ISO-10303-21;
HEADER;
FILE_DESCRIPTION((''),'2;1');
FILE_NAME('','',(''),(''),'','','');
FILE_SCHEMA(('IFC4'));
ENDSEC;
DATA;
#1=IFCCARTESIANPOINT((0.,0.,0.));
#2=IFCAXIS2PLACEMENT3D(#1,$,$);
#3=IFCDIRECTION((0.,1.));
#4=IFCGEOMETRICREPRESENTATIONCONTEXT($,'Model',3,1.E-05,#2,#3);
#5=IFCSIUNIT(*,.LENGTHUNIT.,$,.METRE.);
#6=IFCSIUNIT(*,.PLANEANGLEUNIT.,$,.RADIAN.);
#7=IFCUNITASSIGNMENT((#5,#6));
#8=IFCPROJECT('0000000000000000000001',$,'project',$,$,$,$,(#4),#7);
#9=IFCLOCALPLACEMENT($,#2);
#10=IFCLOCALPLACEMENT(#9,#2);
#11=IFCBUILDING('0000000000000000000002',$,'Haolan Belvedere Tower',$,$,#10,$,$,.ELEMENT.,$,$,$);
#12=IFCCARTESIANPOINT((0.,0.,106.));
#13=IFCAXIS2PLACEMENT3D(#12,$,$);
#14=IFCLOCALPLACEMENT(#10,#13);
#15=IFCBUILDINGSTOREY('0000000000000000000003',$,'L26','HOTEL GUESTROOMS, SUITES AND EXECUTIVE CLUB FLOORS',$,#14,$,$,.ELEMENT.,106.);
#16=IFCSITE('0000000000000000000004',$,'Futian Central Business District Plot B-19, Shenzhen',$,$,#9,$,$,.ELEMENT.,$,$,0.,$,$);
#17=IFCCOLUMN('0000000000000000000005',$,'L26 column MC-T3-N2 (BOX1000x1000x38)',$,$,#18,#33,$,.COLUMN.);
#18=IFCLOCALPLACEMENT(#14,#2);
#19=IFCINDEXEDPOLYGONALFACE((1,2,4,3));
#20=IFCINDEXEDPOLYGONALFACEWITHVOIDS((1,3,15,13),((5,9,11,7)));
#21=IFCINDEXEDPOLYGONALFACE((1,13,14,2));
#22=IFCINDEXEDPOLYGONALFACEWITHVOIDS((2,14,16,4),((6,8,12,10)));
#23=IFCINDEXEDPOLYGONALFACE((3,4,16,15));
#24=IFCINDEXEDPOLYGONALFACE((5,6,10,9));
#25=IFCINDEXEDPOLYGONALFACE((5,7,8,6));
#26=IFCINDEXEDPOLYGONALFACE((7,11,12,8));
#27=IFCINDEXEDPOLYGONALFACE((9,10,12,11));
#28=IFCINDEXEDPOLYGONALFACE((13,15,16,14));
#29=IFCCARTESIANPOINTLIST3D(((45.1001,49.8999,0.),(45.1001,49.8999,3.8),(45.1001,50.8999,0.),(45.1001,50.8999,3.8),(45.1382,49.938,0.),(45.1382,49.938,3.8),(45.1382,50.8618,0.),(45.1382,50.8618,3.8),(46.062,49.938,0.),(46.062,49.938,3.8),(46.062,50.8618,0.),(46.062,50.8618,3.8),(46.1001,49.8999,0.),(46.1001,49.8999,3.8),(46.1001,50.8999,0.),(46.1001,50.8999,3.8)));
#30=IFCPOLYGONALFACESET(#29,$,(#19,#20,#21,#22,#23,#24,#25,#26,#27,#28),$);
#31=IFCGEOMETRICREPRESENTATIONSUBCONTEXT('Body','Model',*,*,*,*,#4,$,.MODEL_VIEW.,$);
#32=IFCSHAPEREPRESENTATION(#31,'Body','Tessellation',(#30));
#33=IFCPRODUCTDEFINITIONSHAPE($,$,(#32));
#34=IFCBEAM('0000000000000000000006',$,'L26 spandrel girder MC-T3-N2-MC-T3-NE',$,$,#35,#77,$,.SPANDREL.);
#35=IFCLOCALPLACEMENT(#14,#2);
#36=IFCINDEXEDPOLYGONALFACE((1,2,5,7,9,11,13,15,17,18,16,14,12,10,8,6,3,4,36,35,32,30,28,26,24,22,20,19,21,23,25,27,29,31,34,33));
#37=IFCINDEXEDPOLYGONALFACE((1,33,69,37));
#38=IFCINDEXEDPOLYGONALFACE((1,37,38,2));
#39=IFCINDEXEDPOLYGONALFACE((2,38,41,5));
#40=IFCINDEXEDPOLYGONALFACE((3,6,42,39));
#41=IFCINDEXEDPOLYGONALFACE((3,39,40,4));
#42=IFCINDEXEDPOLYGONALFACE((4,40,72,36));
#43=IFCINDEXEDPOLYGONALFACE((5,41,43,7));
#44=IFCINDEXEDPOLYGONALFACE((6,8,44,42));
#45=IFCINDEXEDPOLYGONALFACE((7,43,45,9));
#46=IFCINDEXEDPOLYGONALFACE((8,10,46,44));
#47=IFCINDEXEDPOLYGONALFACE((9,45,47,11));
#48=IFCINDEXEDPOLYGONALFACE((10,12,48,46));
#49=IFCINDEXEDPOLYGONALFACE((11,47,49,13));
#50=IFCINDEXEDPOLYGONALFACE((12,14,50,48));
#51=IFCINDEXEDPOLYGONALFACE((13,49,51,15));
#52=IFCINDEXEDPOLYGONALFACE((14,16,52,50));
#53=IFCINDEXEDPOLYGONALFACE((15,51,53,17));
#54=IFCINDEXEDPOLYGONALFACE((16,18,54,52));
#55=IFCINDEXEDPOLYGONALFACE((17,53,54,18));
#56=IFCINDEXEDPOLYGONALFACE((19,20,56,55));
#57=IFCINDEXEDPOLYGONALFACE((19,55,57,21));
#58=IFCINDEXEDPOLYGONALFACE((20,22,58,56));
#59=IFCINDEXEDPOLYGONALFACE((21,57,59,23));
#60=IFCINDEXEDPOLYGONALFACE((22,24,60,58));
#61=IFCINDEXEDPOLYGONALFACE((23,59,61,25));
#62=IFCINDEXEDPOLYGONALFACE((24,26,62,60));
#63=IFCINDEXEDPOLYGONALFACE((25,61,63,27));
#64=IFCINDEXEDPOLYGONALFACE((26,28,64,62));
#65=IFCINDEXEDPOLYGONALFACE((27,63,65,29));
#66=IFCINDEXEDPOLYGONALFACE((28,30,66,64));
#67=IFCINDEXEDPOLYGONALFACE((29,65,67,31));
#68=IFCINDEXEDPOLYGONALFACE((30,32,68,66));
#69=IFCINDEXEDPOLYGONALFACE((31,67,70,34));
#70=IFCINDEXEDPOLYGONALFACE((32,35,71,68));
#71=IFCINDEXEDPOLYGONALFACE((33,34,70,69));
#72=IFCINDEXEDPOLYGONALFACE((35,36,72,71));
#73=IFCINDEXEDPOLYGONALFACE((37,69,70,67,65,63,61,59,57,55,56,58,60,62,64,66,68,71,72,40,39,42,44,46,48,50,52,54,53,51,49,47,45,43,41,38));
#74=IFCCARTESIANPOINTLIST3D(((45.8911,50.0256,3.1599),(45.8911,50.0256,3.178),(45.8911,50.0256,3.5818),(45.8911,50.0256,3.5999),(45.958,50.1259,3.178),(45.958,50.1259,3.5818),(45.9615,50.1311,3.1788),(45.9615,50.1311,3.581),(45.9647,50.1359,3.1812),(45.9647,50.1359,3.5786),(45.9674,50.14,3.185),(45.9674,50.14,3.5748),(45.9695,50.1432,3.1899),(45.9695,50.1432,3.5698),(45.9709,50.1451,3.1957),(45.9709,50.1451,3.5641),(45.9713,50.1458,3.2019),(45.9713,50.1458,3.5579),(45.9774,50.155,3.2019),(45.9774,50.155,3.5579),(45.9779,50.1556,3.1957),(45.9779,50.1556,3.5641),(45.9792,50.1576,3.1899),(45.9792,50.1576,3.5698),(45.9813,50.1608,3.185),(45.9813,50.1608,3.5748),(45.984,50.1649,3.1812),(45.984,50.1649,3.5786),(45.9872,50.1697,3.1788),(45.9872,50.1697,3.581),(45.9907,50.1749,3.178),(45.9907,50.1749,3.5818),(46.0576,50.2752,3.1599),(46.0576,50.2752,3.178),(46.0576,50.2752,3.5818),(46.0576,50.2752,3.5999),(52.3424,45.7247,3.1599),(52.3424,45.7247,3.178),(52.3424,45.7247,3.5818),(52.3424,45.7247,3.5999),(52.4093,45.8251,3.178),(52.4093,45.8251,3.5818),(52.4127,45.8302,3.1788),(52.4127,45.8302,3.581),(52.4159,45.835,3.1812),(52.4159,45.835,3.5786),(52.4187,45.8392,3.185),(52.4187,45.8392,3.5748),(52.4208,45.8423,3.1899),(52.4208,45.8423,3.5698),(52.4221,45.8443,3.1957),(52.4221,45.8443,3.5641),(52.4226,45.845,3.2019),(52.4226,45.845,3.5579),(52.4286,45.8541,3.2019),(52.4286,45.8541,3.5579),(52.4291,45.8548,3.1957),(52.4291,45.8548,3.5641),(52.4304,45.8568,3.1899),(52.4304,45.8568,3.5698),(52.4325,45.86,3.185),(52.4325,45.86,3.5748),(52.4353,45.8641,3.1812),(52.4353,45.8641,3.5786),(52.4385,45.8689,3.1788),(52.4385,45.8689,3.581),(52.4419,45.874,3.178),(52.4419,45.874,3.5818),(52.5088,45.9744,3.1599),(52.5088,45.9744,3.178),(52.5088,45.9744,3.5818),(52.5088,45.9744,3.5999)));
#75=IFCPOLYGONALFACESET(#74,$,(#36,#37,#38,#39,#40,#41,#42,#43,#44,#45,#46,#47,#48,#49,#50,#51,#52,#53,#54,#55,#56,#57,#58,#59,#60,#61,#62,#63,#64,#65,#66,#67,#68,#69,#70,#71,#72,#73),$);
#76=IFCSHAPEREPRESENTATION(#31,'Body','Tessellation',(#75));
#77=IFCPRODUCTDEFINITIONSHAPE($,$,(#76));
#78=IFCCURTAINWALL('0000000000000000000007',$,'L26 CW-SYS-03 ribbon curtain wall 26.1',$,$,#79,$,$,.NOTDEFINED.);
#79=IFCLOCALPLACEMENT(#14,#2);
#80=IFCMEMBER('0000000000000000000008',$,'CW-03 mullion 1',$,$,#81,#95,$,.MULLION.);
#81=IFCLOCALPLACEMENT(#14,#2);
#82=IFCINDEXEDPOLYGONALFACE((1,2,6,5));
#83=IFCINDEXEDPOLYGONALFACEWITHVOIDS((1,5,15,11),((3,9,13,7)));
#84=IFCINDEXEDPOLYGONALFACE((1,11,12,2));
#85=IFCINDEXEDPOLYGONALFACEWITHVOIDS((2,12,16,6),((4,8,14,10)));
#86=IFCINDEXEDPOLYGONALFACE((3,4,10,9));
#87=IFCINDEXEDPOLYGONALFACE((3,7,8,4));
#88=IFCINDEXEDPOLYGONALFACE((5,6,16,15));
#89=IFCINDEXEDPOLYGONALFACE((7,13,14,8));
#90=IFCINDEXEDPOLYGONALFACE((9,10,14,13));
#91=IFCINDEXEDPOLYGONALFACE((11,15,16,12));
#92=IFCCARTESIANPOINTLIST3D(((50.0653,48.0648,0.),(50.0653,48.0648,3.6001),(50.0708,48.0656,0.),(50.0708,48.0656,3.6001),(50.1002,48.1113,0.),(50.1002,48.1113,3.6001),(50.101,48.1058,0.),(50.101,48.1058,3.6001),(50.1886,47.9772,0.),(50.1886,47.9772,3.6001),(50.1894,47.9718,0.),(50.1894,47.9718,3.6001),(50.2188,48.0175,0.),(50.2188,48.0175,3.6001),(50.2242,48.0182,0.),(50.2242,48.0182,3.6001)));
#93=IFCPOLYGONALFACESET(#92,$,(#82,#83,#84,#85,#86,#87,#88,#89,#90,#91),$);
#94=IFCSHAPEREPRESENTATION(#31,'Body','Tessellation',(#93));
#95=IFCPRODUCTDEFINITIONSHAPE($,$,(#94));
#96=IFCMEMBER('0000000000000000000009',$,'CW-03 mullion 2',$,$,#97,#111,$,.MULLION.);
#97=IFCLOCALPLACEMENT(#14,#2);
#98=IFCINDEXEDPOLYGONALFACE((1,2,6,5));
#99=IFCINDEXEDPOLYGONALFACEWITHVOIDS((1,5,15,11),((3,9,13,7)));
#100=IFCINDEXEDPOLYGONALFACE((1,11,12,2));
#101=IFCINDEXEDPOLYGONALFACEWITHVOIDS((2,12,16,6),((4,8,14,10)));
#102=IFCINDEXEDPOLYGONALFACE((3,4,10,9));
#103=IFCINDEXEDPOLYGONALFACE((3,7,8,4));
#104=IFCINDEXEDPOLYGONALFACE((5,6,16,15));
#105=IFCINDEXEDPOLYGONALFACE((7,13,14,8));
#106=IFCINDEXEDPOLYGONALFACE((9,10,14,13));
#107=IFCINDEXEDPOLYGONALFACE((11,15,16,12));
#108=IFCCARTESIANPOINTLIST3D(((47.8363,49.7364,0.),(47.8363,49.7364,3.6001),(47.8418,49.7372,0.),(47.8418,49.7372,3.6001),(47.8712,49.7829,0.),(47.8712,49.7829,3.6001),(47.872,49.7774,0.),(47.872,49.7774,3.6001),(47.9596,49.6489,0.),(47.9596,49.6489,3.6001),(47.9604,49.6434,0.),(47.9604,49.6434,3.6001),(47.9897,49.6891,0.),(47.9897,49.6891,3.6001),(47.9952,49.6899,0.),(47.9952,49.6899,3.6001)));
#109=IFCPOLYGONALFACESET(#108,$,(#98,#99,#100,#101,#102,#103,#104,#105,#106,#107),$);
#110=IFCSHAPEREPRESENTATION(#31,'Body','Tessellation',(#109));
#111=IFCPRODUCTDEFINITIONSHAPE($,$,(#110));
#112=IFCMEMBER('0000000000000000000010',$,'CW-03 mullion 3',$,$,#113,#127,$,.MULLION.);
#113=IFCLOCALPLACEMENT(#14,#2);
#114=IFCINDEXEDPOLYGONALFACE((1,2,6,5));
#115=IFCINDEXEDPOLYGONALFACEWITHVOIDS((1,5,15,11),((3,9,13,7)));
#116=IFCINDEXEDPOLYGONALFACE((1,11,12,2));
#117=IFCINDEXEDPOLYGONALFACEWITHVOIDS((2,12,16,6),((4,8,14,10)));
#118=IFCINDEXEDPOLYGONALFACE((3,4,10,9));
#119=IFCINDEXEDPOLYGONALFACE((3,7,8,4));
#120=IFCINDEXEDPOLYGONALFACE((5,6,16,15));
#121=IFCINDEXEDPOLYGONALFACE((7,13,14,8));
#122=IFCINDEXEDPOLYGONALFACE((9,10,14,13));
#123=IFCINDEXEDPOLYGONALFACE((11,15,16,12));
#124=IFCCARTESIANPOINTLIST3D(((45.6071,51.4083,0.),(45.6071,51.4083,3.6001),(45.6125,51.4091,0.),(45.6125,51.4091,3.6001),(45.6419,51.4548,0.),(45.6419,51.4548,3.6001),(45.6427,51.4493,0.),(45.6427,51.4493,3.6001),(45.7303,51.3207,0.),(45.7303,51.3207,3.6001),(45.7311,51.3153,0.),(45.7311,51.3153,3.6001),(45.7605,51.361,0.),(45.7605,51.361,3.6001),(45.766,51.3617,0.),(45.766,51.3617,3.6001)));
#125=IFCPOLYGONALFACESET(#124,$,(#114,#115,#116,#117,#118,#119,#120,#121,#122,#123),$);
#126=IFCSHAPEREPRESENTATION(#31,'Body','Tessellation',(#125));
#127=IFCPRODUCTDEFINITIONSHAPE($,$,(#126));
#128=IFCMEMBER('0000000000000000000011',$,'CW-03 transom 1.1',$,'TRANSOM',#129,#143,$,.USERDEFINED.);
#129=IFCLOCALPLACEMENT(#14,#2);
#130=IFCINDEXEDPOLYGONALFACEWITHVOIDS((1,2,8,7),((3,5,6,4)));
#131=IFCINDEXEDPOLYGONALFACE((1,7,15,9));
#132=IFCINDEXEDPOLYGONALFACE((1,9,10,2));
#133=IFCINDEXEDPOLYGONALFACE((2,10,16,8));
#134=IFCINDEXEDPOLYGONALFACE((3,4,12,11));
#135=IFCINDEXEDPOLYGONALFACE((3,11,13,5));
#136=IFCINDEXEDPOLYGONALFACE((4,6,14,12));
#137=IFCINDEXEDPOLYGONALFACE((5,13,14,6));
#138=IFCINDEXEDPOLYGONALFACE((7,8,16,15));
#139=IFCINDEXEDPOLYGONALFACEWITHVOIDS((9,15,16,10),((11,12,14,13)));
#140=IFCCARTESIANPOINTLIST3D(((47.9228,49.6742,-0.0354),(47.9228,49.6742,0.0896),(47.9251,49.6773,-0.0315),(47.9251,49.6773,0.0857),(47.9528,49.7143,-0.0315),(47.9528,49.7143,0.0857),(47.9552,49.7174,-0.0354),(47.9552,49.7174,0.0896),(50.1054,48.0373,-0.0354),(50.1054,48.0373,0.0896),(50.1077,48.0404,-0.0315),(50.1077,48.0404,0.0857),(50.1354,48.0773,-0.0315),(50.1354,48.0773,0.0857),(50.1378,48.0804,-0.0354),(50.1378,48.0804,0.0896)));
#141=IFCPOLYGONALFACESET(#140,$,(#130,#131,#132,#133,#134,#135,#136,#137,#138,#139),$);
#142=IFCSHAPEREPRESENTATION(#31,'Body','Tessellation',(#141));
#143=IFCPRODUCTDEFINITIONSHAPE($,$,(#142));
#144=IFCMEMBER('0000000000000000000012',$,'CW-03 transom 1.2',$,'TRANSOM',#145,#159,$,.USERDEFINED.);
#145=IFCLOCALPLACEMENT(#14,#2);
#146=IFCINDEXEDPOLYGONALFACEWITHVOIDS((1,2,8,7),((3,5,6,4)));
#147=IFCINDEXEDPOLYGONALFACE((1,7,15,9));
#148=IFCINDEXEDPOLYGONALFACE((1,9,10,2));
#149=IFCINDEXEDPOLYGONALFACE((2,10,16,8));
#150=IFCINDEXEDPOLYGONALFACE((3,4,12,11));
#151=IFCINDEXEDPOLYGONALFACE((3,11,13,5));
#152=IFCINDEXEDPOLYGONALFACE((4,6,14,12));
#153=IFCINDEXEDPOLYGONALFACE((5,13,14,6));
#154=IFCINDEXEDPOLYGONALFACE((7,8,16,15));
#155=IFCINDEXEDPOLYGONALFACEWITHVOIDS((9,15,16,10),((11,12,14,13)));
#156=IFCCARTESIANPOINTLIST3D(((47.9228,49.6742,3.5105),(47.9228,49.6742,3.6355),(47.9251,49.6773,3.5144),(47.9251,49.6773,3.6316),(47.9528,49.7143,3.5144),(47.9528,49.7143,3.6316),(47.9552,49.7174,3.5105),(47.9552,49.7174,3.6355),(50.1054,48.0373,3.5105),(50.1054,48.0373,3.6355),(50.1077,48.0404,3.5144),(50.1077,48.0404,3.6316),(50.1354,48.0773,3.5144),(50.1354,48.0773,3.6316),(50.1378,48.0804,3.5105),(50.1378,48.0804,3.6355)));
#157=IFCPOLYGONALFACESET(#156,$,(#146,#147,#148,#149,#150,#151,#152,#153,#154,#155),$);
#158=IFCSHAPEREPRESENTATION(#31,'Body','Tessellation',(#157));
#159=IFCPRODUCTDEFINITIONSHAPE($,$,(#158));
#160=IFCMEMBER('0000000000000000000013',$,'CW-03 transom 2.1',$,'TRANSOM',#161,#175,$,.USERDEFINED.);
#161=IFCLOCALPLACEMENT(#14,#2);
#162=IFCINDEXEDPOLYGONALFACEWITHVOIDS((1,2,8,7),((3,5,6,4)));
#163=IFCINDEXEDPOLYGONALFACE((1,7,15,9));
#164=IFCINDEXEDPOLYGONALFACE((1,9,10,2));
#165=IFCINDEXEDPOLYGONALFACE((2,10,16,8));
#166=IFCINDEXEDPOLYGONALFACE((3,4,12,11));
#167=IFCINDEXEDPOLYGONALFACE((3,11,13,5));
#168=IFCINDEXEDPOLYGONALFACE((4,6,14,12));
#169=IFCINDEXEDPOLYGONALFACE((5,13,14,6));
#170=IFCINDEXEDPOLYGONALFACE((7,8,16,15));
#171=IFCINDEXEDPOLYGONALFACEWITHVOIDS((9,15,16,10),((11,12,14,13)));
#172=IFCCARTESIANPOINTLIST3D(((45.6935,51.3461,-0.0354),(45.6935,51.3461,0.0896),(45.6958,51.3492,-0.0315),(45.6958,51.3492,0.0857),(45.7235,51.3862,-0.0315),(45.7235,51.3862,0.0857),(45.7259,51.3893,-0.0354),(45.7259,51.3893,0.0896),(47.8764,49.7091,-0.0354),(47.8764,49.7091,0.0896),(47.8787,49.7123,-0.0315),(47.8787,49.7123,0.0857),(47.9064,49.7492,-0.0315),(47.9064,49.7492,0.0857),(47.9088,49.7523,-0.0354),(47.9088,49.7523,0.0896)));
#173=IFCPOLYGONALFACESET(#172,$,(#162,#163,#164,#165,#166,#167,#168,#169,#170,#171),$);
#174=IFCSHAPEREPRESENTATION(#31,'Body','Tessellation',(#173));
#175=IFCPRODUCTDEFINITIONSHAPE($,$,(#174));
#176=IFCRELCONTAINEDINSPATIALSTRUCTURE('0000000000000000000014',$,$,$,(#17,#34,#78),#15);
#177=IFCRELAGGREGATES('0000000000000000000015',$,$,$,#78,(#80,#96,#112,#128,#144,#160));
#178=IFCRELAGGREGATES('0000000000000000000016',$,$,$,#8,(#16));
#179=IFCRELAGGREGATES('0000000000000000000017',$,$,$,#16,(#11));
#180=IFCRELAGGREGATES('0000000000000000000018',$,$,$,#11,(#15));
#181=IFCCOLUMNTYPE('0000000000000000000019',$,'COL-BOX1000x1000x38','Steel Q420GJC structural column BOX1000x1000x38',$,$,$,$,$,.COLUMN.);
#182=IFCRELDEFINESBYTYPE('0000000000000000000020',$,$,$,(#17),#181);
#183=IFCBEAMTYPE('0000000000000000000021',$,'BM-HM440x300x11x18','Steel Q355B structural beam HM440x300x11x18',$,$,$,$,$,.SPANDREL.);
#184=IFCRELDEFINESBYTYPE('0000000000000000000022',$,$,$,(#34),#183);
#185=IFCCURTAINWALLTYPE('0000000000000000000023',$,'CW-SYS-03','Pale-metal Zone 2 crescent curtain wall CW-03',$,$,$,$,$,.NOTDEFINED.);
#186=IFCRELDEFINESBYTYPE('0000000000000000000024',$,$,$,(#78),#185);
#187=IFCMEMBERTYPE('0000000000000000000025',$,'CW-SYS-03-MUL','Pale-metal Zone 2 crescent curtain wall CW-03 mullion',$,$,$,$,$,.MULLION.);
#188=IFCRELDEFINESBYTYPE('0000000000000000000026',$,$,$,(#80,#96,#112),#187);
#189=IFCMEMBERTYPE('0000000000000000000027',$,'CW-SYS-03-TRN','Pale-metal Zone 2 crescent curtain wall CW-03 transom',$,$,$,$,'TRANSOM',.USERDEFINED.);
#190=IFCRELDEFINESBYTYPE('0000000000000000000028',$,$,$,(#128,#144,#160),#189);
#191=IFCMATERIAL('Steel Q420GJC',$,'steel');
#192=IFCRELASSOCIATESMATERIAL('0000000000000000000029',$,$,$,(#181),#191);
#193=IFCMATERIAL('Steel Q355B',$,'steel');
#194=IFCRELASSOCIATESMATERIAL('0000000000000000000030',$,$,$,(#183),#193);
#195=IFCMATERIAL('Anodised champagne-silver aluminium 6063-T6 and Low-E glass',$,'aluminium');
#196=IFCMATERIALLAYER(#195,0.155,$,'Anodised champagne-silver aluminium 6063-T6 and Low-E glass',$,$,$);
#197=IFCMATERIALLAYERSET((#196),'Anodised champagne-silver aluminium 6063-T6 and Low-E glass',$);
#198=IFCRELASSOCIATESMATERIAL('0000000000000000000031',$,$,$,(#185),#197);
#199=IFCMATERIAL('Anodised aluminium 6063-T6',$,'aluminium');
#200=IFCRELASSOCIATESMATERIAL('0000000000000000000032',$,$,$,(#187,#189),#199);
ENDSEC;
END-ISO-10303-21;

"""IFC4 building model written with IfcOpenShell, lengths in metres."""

from ifc_helpers import new_model, si_unit, direction, frame, origin, origin_2d, place, context, subcontext, project, spatial, hollow_rectangle, i_section, extrude, material, layer, layer_set, material_profile, profile_set, type_object, element, aggregate, save


model = new_model("IFC4")

# Units and contexts
model_context = context("Model", 3, precision=1e-05, world=origin(), true_north=direction((0.0, 1.0)))
body_context = subcontext(model_context, "Body", "Model", "MODEL_VIEW")
ifc_project = project(units=[si_unit("LENGTHUNIT", "METRE"), si_unit("PLANEANGLEUNIT", "RADIAN")], contexts=[model_context])

# Site, building, storey
site_placement = place(None, origin())
site = spatial("IfcSite", under=ifc_project, at=site_placement, Name="Futian Central Business District Plot B-19, Shenzhen", CompositionType="ELEMENT", RefElevation=0.0)
building_placement = place(site_placement, origin())
building = spatial("IfcBuilding", under=site, at=building_placement, Name="Haolan Belvedere Tower", CompositionType="ELEMENT")
storey_placement = place(building_placement, frame((0.0, 0.0, 106.0)))
storey = spatial("IfcBuildingStorey", under=building, at=storey_placement, Name="L26", Description="HOTEL GUESTROOMS, SUITES AND EXECUTIVE CLUB FLOORS", CompositionType="ELEMENT", Elevation=106.0)

# Column
ifc_material_1 = material(Name="Steel Q420GJC", Category="steel")
ifc_material_profile_1 = material_profile(ifc_material_1, hollow_rectangle(XDim=1.0, YDim=1.0, WallThickness=0.0381, at=origin_2d()), Name="Steel Q420GJC")
ifc_profile_set_1 = profile_set([ifc_material_profile_1], Name="Steel Q420GJC")
column_type = type_object("IfcColumnType", Name="COL-BOX1000x1000x38", Description="Steel Q420GJC structural column BOX1000x1000x38", PredefinedType="COLUMN", material=ifc_profile_set_1)
column_placement = place(storey_placement, frame((45.6001, 50.3999, 0.0), z_axis=(0.0, 0.0, 1.0), x_axis=(1.0, 0.0, 0.0)))
element("IfcColumn", 1, at=column_placement, inside=storey, type_object=column_type, Name="L26 column MC-T3-N2 (BOX1000x1000x38)", PredefinedType="COLUMN", context=body_context, shape_type="SweptSolid", body=[
    extrude(hollow_rectangle(XDim=1.0, YDim=1.0, WallThickness=0.0381, at=origin_2d()), origin(), (0.0, 0.0, 1.0), 3.8),
])

# Beam
ifc_material_2 = material(Name="Steel Q355B", Category="steel")
ifc_material_profile_2 = material_profile(ifc_material_2, i_section(OverallWidth=0.3, OverallDepth=0.4399, WebThickness=0.011, FlangeThickness=0.0181, FilletRadius=0.0239, at=origin_2d()), Name="Steel Q355B")
ifc_profile_set_2 = profile_set([ifc_material_profile_2], Name="Steel Q355B")
beam_type = type_object("IfcBeamType", Name="BM-HM440x300x11x18", Description="Steel Q355B structural beam HM440x300x11x18", PredefinedType="SPANDREL", material=ifc_profile_set_2)
beam_placement = place(storey_placement, frame((45.9744, 50.1504, 3.3799), z_axis=(0.83205, -0.5547, 0.0), x_axis=(0.5547, 0.83205, 0.0)))
element("IfcBeam", 2, at=beam_placement, inside=storey, type_object=beam_type, Name="L26 spandrel girder MC-T3-N2-MC-T3-NE", PredefinedType="SPANDREL", context=body_context, shape_type="SweptSolid", body=[
    extrude(i_section(OverallWidth=0.3, OverallDepth=0.4399, WebThickness=0.011, FlangeThickness=0.0181, FilletRadius=0.0239, at=origin_2d()), origin(), (0.0, 0.0, 1.0), 7.7534),
])

# Curtain wall, members
ifc_material_3 = material(Name="Anodised champagne-silver aluminium 6063-T6 and Low-E glass", Category="aluminium")
ifc_layer_1 = layer(ifc_material_3, 0.155, Name="Anodised champagne-silver aluminium 6063-T6 and Low-E glass")
ifc_layer_set_1 = layer_set([ifc_layer_1], Name="Anodised champagne-silver aluminium 6063-T6 and Low-E glass")
curtain_wall_type = type_object("IfcCurtainWallType", Name="CW-SYS-03", Description="Pale-metal Zone 2 crescent curtain wall CW-03", PredefinedType="NOTDEFINED", material=ifc_layer_set_1)
curtain_wall_placement = place(storey_placement, origin())
curtain_wall = element("IfcCurtainWall", 3, at=curtain_wall_placement, inside=storey, type_object=curtain_wall_type, Name="L26 CW-SYS-03 ribbon curtain wall 26.1", PredefinedType="NOTDEFINED")
ifc_material_4 = material(Name="Anodised aluminium 6063-T6", Category="aluminium")
ifc_material_profile_3 = material_profile(ifc_material_4, hollow_rectangle(XDim=0.0581, YDim=0.155, WallThickness=0.0039, at=origin_2d()), Name="Anodised aluminium 6063-T6")
ifc_profile_set_3 = profile_set([ifc_material_profile_3], Name="Anodised aluminium 6063-T6")
member_type_1 = type_object("IfcMemberType", Name="CW-SYS-03-MUL", Description="Pale-metal Zone 2 crescent curtain wall CW-03 mullion", PredefinedType="MULLION", material=ifc_profile_set_3)
member_1_placement = place(storey_placement, frame((50.1448, 48.0415, 0.0), z_axis=(0.0, 0.0, 1.0), x_axis=(-0.599994, -0.800004, 0.0)))
member_1 = element("IfcMember", 4, at=member_1_placement, type_object=member_type_1, Name="CW-03 mullion 1", PredefinedType="MULLION", context=body_context, shape_type="SweptSolid", body=[
    extrude(hollow_rectangle(XDim=0.0581, YDim=0.155, WallThickness=0.0039, at=origin_2d()), origin(), (0.0, 0.0, 1.0), 3.6001),
])
member_2_placement = place(storey_placement, frame((47.9158, 49.7131, 0.0), z_axis=(0.0, 0.0, 1.0), x_axis=(-0.599994, -0.800004, 0.0)))
member_2 = element("IfcMember", 5, at=member_2_placement, type_object=member_type_1, Name="CW-03 mullion 2", PredefinedType="MULLION", context=body_context, shape_type="SweptSolid", body=[
    extrude(hollow_rectangle(XDim=0.0581, YDim=0.155, WallThickness=0.0039, at=origin_2d()), origin(), (0.0, 0.0, 1.0), 3.6001),
])
member_3_placement = place(storey_placement, frame((45.6865, 51.385, 0.0), z_axis=(0.0, 0.0, 1.0), x_axis=(-0.599994, -0.800004, 0.0)))
member_3 = element("IfcMember", 6, at=member_3_placement, type_object=member_type_1, Name="CW-03 mullion 3", PredefinedType="MULLION", context=body_context, shape_type="SweptSolid", body=[
    extrude(hollow_rectangle(XDim=0.0581, YDim=0.155, WallThickness=0.0039, at=origin_2d()), origin(), (0.0, 0.0, 1.0), 3.6001),
])
ifc_material_profile_4 = material_profile(ifc_material_4, hollow_rectangle(XDim=0.054, YDim=0.125, WallThickness=0.0039, at=origin_2d()), Name="Anodised aluminium 6063-T6")
ifc_profile_set_4 = profile_set([ifc_material_profile_4], Name="Anodised aluminium 6063-T6")
member_type_2 = type_object("IfcMemberType", Name="CW-SYS-03-TRN", Description="Pale-metal Zone 2 crescent curtain wall CW-03 transom", ElementType="TRANSOM", PredefinedType="USERDEFINED", material=ifc_profile_set_4)
member_4_placement = place(storey_placement, frame((50.1216, 48.0588, 0.0271), z_axis=(-0.8, 0.6, 0.0), x_axis=(-0.6, -0.8, 0.0)))
member_4 = element("IfcMember", 7, at=member_4_placement, type_object=member_type_2, Name="CW-03 transom 1.1", ObjectType="TRANSOM", PredefinedType="USERDEFINED", context=body_context, shape_type="SweptSolid", body=[
    extrude(hollow_rectangle(XDim=0.054, YDim=0.125, WallThickness=0.0039, at=origin_2d()), origin(), (0.0, 0.0, 1.0), 2.7283),
])
member_5_placement = place(storey_placement, frame((50.1216, 48.0588, 3.573), z_axis=(-0.8, 0.6, 0.0), x_axis=(-0.6, -0.8, 0.0)))
member_5 = element("IfcMember", 8, at=member_5_placement, type_object=member_type_2, Name="CW-03 transom 1.2", ObjectType="TRANSOM", PredefinedType="USERDEFINED", context=body_context, shape_type="SweptSolid", body=[
    extrude(hollow_rectangle(XDim=0.054, YDim=0.125, WallThickness=0.0039, at=origin_2d()), origin(), (0.0, 0.0, 1.0), 2.7283),
])
member_6_placement = place(storey_placement, frame((47.8926, 49.7307, 0.0271), z_axis=(-0.800032, 0.599957, 0.0), x_axis=(-0.599957, -0.800032, 0.0)))
member_6 = element("IfcMember", 9, at=member_6_placement, type_object=member_type_2, Name="CW-03 transom 2.1", ObjectType="TRANSOM", PredefinedType="USERDEFINED", context=body_context, shape_type="SweptSolid", body=[
    extrude(hollow_rectangle(XDim=0.054, YDim=0.125, WallThickness=0.0039, at=origin_2d()), origin(), (0.0, 0.0, 1.0), 2.7285),
])
aggregate(curtain_wall, [member_1, member_2, member_3, member_4, member_5, member_6])

save(model, "model.ifc")
